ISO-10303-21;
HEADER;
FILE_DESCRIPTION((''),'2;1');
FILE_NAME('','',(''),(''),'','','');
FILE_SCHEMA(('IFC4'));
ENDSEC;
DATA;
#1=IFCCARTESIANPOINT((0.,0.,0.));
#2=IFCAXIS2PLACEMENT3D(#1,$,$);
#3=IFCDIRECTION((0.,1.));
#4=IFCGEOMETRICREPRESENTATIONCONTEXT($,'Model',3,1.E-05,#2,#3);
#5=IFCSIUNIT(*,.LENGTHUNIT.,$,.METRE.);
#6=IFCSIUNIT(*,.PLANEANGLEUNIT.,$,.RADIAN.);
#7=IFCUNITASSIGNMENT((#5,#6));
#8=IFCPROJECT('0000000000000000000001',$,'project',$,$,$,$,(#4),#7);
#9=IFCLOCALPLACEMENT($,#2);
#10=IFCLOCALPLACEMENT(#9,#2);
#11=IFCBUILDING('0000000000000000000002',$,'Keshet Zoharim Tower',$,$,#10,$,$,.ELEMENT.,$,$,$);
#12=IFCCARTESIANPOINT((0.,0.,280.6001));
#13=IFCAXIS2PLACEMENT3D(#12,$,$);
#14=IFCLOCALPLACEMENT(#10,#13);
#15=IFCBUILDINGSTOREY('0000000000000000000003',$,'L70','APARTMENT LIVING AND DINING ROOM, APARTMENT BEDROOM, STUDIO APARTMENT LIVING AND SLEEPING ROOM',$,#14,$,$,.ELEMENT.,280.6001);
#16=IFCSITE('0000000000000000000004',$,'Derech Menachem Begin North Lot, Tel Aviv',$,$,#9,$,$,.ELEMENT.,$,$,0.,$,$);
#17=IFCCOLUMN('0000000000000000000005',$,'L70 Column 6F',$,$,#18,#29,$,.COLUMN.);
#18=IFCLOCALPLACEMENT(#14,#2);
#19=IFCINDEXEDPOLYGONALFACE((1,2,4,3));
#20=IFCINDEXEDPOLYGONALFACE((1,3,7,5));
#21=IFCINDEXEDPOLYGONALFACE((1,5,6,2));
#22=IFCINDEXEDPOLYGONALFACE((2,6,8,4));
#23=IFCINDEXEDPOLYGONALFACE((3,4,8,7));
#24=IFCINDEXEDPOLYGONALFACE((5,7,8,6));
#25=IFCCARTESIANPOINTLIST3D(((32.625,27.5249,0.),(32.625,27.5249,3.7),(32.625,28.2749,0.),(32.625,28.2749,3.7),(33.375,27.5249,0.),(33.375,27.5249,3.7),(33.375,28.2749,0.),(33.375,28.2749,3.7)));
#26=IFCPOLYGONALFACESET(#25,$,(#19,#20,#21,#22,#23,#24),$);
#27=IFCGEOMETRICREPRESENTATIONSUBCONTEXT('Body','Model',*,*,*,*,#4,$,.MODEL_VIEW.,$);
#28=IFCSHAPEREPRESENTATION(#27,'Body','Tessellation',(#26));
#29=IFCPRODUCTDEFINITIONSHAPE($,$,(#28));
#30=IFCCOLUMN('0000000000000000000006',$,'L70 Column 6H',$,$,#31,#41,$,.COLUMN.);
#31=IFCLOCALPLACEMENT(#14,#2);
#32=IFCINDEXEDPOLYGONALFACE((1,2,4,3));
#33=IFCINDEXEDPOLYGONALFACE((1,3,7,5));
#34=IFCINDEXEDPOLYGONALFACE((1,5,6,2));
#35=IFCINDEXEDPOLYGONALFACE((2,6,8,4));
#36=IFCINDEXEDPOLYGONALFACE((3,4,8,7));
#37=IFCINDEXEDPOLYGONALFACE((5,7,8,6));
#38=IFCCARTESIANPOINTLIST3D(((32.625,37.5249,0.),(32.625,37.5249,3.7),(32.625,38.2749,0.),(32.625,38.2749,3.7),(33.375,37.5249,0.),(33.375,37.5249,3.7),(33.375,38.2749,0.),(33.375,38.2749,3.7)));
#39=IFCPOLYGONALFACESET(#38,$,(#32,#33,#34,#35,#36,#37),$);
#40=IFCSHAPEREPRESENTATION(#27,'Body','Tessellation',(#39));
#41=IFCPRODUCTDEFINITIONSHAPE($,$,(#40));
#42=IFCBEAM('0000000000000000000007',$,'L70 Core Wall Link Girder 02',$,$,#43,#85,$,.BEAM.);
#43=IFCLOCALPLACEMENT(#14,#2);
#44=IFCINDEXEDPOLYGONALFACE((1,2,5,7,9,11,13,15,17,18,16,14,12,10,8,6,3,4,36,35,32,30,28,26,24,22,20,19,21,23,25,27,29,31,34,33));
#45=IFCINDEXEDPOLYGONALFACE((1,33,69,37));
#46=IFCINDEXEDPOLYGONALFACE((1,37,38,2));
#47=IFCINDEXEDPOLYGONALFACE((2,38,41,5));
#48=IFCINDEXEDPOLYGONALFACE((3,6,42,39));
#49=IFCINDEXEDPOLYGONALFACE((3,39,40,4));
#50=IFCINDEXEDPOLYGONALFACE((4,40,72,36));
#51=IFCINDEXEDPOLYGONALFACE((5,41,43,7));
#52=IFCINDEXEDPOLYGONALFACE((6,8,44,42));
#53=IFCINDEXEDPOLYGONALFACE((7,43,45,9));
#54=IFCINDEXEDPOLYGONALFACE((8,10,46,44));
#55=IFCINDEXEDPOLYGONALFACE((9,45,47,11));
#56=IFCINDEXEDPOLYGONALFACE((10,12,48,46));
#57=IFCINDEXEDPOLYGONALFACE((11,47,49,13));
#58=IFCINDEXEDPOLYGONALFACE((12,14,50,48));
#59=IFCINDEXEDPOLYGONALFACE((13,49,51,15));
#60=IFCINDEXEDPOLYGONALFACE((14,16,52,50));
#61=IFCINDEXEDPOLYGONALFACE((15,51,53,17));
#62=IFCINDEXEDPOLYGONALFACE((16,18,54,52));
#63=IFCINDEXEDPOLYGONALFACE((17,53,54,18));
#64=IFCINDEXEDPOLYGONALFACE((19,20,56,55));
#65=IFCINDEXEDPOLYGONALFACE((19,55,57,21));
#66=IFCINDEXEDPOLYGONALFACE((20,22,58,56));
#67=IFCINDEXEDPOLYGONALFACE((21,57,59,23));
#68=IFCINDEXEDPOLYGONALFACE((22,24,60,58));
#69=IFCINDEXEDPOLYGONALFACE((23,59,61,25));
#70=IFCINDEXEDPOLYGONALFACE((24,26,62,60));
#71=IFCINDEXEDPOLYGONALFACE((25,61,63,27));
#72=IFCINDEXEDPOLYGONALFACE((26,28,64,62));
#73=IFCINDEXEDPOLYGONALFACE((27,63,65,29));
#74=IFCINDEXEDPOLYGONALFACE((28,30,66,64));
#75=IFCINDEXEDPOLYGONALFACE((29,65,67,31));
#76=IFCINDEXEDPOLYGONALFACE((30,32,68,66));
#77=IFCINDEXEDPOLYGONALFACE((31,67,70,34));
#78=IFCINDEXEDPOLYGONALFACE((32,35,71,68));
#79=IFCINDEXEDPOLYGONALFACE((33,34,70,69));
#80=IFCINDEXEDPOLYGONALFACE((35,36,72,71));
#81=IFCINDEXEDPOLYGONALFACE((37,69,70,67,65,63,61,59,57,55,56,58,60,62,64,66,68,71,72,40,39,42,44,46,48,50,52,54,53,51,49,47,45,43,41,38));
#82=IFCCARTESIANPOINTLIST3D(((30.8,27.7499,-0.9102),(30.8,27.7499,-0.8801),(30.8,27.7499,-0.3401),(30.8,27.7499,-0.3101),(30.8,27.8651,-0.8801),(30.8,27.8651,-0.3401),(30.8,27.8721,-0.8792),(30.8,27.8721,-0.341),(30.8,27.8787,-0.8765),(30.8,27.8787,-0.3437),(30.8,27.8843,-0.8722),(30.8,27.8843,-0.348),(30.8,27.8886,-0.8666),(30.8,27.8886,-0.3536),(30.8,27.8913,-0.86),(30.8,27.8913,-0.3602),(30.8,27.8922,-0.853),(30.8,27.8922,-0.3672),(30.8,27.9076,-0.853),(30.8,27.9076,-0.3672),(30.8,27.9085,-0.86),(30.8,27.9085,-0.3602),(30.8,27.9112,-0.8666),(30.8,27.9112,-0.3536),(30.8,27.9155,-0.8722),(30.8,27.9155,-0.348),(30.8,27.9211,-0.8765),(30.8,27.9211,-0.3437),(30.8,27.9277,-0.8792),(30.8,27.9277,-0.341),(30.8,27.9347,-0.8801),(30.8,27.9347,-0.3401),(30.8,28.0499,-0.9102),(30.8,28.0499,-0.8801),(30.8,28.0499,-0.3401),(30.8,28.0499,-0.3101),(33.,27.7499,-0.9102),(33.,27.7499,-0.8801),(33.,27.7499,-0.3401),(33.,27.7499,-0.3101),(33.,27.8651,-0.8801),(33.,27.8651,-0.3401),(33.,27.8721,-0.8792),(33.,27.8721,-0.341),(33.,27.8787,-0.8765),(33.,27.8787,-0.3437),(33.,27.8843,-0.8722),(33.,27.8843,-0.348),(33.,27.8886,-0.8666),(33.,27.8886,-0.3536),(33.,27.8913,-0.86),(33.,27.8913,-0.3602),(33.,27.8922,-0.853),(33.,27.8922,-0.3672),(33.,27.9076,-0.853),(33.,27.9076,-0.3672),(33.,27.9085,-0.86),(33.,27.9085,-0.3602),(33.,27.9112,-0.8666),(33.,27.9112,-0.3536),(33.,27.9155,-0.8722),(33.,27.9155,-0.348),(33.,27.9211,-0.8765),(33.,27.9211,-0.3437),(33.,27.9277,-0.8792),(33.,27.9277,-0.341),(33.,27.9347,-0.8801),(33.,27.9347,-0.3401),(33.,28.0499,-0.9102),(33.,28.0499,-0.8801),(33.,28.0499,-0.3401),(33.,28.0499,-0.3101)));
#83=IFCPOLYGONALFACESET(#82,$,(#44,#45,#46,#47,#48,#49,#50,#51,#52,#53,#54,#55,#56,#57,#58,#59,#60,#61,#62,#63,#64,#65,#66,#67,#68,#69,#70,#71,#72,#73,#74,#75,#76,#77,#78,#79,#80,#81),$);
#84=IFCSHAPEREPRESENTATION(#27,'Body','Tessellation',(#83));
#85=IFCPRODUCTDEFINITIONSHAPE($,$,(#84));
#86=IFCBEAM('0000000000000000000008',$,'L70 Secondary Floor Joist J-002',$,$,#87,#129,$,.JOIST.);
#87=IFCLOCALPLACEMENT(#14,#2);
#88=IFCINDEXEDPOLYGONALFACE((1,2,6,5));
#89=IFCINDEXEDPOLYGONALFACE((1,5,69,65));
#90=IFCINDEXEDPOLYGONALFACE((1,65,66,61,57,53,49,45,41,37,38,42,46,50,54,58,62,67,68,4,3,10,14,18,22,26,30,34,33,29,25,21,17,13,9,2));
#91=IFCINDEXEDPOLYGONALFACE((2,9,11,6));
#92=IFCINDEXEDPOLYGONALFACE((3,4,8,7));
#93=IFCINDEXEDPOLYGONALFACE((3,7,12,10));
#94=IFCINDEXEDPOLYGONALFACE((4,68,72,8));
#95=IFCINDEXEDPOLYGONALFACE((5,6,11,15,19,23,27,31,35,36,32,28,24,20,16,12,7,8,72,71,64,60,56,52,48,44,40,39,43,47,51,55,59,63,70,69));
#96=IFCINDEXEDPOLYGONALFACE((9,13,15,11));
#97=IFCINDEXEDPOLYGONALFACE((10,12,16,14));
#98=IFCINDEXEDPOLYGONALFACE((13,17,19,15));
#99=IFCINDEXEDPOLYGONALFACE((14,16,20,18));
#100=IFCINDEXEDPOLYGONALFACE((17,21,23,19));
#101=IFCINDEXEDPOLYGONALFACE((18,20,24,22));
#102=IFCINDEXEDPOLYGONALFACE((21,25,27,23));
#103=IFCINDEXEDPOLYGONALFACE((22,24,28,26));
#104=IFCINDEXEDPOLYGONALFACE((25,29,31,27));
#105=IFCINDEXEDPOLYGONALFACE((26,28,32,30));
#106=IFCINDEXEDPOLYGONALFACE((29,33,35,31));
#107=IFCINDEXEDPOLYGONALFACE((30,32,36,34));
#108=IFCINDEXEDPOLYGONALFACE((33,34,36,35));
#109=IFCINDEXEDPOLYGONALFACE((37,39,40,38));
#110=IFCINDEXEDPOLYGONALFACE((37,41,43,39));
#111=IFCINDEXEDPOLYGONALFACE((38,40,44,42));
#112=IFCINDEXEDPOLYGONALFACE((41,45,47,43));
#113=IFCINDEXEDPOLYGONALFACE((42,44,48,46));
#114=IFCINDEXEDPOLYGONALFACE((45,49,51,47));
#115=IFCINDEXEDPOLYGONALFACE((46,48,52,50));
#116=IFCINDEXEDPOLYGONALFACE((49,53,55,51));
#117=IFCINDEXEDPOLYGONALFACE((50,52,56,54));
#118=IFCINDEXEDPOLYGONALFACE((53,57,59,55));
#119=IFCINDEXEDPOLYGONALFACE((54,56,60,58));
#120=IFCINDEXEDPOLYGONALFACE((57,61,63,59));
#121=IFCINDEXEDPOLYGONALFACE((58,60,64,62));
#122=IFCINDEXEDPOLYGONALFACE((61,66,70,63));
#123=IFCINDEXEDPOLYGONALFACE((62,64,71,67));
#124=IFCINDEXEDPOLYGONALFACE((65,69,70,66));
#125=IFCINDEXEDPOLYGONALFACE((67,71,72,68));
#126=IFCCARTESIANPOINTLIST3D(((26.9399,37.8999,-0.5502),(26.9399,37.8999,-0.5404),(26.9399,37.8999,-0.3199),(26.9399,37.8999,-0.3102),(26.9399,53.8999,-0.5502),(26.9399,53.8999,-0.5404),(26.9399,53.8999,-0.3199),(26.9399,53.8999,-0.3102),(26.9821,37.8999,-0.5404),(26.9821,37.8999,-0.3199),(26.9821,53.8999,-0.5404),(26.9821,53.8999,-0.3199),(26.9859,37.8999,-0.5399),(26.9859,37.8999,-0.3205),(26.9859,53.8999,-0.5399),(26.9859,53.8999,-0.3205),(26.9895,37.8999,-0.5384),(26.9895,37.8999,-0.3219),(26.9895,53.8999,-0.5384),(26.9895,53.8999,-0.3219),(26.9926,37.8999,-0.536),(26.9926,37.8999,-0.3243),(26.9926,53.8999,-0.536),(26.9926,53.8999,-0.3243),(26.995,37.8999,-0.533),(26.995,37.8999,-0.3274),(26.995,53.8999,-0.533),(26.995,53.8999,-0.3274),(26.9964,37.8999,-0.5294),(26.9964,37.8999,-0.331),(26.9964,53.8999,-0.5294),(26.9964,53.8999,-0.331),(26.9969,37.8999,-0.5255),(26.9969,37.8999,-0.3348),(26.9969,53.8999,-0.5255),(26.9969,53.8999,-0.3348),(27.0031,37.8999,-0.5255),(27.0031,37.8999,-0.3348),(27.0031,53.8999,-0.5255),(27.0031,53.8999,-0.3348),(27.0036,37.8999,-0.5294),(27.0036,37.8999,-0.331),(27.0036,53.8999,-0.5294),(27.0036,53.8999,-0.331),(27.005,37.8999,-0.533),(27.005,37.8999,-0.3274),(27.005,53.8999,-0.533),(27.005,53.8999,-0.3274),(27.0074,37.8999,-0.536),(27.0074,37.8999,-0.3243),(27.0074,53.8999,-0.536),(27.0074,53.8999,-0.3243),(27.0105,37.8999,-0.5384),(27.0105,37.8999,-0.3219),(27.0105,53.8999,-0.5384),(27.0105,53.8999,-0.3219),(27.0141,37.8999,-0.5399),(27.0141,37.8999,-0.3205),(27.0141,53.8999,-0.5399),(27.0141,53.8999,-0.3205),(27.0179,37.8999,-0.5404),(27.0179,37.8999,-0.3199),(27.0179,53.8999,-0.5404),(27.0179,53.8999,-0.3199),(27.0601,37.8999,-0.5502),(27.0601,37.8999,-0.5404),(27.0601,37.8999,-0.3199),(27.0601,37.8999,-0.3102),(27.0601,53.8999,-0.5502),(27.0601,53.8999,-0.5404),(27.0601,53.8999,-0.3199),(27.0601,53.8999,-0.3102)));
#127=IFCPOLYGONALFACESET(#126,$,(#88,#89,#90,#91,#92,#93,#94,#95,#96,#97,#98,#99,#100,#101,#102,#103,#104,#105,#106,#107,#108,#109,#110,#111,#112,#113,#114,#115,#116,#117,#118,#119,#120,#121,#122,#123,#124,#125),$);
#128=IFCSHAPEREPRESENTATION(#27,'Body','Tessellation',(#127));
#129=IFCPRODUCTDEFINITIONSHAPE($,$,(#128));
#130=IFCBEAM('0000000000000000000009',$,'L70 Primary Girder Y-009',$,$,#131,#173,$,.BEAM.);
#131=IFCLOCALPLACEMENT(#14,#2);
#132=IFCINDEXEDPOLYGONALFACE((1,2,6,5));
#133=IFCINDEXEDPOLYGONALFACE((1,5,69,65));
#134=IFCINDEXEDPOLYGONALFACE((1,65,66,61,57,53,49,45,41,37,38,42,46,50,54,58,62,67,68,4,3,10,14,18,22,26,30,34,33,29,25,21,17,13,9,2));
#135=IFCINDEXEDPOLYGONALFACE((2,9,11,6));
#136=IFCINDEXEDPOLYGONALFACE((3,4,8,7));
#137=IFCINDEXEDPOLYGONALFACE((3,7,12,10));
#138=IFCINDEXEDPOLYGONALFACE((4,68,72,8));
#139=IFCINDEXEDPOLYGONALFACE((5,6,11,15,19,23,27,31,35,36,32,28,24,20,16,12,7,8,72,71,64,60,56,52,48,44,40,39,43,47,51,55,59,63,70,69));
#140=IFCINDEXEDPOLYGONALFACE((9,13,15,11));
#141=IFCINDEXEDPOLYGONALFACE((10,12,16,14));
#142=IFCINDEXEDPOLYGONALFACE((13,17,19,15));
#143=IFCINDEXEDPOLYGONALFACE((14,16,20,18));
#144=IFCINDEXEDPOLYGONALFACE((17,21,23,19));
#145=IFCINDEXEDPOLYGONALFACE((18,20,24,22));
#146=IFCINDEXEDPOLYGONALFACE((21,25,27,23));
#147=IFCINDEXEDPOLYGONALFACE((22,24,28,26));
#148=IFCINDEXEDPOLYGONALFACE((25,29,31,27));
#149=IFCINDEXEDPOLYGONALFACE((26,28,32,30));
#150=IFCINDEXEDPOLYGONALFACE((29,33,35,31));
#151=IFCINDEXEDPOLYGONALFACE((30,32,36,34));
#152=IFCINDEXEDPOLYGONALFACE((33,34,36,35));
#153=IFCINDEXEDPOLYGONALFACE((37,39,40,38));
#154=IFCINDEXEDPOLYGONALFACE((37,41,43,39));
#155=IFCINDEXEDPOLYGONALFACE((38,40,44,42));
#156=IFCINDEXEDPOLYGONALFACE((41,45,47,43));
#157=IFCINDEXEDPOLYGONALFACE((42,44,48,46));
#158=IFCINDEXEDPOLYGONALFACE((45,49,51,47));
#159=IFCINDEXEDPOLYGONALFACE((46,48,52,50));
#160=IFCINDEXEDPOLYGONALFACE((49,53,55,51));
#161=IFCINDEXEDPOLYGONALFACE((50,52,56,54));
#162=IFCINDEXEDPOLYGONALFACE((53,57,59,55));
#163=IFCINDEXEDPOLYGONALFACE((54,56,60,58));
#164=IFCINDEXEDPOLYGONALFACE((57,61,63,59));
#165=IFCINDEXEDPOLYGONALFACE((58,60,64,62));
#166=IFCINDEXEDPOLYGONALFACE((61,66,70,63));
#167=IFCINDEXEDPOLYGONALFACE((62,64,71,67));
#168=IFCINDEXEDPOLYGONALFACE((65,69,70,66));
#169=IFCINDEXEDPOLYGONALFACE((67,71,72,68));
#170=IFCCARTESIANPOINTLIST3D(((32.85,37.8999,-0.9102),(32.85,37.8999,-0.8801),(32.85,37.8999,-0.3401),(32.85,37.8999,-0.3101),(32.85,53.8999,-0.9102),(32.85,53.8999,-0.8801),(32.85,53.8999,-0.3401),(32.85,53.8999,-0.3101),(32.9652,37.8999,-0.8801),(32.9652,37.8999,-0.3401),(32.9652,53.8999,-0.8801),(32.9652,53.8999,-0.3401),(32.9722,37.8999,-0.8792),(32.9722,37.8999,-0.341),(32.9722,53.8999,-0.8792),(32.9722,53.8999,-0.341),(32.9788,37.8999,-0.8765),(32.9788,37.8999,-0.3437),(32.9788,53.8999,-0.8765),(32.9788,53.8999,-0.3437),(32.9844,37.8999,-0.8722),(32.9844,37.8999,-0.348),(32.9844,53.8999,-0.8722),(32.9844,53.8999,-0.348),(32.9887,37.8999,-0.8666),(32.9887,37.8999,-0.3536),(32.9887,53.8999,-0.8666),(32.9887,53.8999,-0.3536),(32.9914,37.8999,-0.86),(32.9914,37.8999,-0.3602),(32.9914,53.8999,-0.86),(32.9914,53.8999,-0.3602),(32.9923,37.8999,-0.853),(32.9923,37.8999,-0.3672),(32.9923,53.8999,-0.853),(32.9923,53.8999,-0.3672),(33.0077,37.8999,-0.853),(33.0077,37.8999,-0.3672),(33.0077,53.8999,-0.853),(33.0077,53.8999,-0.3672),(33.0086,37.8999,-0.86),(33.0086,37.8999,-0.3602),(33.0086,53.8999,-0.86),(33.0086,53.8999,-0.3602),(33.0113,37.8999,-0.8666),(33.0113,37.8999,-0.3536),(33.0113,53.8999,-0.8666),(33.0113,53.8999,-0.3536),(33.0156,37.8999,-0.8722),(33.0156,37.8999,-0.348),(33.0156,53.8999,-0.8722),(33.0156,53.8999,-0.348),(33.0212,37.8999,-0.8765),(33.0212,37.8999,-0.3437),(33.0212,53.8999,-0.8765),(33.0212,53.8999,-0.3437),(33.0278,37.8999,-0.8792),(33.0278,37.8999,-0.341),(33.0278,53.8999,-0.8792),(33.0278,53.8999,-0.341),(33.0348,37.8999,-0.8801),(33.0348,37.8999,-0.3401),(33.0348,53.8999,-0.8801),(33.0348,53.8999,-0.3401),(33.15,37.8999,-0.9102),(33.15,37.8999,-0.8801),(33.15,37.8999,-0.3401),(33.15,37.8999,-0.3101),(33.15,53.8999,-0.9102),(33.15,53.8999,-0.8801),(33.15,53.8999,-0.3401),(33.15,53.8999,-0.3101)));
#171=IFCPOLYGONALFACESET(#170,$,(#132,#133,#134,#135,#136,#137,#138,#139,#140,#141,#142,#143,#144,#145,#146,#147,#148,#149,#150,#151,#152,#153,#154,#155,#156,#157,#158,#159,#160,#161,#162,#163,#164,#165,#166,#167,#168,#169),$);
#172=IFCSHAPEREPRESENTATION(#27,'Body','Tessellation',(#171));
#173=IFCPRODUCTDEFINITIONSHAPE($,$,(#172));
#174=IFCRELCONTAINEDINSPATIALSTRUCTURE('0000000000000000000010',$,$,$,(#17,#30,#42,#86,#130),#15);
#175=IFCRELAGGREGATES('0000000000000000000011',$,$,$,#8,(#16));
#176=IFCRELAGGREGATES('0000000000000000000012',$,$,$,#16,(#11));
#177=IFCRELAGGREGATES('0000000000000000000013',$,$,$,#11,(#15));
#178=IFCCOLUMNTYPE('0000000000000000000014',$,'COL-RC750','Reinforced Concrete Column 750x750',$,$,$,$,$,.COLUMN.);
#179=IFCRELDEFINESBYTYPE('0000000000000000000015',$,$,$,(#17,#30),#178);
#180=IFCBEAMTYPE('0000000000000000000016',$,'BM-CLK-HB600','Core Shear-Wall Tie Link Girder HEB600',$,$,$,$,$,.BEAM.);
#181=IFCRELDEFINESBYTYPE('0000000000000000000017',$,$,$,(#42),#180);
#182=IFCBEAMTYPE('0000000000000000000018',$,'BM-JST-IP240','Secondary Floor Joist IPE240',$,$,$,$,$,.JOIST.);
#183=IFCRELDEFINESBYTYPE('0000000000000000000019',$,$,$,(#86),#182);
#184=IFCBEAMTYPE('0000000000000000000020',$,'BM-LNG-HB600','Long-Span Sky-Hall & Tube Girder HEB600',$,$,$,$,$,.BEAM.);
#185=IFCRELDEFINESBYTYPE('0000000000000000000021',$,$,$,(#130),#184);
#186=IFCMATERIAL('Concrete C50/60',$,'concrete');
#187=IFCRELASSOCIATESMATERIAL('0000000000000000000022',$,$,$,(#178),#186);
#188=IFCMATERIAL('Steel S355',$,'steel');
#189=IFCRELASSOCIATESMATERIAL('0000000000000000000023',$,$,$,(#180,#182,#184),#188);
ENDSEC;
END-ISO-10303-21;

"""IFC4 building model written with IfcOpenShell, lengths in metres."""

from ifc_helpers import new_model, si_unit, direction, frame, origin, origin_2d, place, context, subcontext, project, spatial, rectangle, i_section, extrude, material, material_profile, profile_set, type_object, element, save


model = new_model("IFC4")

# Units and contexts
model_context = context("Model", 3, precision=1e-05, world=origin(), true_north=direction((0.0, 1.0)))
body_context = subcontext(model_context, "Body", "Model", "MODEL_VIEW")
ifc_project = project(units=[si_unit("LENGTHUNIT", "METRE"), si_unit("PLANEANGLEUNIT", "RADIAN")], contexts=[model_context])

# Site, building, storey
site_placement = place(None, origin())
site = spatial("IfcSite", under=ifc_project, at=site_placement, Name="Derech Menachem Begin North Lot, Tel Aviv", CompositionType="ELEMENT", RefElevation=0.0)
building_placement = place(site_placement, origin())
building = spatial("IfcBuilding", under=site, at=building_placement, Name="Keshet Zoharim Tower", CompositionType="ELEMENT")
storey_placement = place(building_placement, frame((0.0, 0.0, 280.6001)))
storey = spatial("IfcBuildingStorey", under=building, at=storey_placement, Name="L70", Description="APARTMENT LIVING AND DINING ROOM, APARTMENT BEDROOM, STUDIO APARTMENT LIVING AND SLEEPING ROOM", CompositionType="ELEMENT", Elevation=280.6001)

# Columns
ifc_material_1 = material(Name="Concrete C50/60", Category="concrete")
ifc_material_profile_1 = material_profile(ifc_material_1, rectangle(XDim=0.75, YDim=0.75, at=origin_2d()), Name="RC750x750")
ifc_profile_set_1 = profile_set([ifc_material_profile_1], Name="Concrete C50/60")
column_type = type_object("IfcColumnType", Name="COL-RC750", Description="Reinforced Concrete Column 750x750", PredefinedType="COLUMN", material=ifc_profile_set_1)
for number, where, z_axis, x_axis, name in (
    (1, (33.0, 27.8999, 0.0), (0.0, 0.0, 1.0), (1.0, 0.0, 0.0), "L70 Column 6F"),
    (2, (33.0, 37.8999, 0.0), (0.0, 0.0, 1.0), (1.0, 0.0, 0.0), "L70 Column 6H"),
):
    element("IfcColumn", number, at=place(storey_placement, frame(where, z_axis=z_axis, x_axis=x_axis)), inside=storey, type_object=column_type, Name=name, PredefinedType="COLUMN", context=body_context, shape_type="SweptSolid", body=[
        extrude(rectangle(XDim=0.75, YDim=0.75, at=origin_2d()), origin(), (0.0, 0.0, 1.0), 3.7),
    ])

# Beams
ifc_material_2 = material(Name="Steel S355", Category="steel")
ifc_material_profile_2 = material_profile(ifc_material_2, i_section(OverallWidth=0.3, OverallDepth=0.6001, WebThickness=0.0154, FlangeThickness=0.03, FilletRadius=0.0271, at=origin_2d()), Name="HEB600")
ifc_profile_set_2 = profile_set([ifc_material_profile_2], Name="Steel S355")
beam_type_1 = type_object("IfcBeamType", Name="BM-CLK-HB600", Description="Core Shear-Wall Tie Link Girder HEB600", PredefinedType="BEAM", material=ifc_profile_set_2)
beam_1_placement = place(storey_placement, frame((30.8, 27.8999, -0.6101), z_axis=(1.0, 0.0, 0.0), x_axis=(0.0, 1.0, 0.0)))
element("IfcBeam", 3, at=beam_1_placement, inside=storey, type_object=beam_type_1, Name="L70 Core Wall Link Girder 02", PredefinedType="BEAM", context=body_context, shape_type="SweptSolid", body=[
    extrude(i_section(OverallWidth=0.3, OverallDepth=0.6001, WebThickness=0.0154, FlangeThickness=0.03, FilletRadius=0.0271, at=origin_2d()), origin(), (0.0, 0.0, 1.0), 2.2),
])
ifc_material_profile_3 = material_profile(ifc_material_2, i_section(OverallWidth=0.1201, OverallDepth=0.24, WebThickness=0.0061, FlangeThickness=0.0098, FilletRadius=0.0149, at=origin_2d()), Name="IPE240")
ifc_profile_set_3 = profile_set([ifc_material_profile_3], Name="Steel S355")
beam_type_2 = type_object("IfcBeamType", Name="BM-JST-IP240", Description="Secondary Floor Joist IPE240", PredefinedType="JOIST", material=ifc_profile_set_3)
beam_2_placement = place(storey_placement, frame((27.0, 37.8999, -0.4302), z_axis=(0.0, 1.0, 0.0), x_axis=(-1.0, 0.0, 0.0)))
element("IfcBeam", 4, at=beam_2_placement, inside=storey, type_object=beam_type_2, Name="L70 Secondary Floor Joist J-002", PredefinedType="JOIST", context=body_context, shape_type="SweptSolid", body=[
    extrude(i_section(OverallWidth=0.1201, OverallDepth=0.24, WebThickness=0.0061, FlangeThickness=0.0098, FilletRadius=0.0149, at=origin_2d()), origin(), (0.0, 0.0, 1.0), 16.0),
])
ifc_material_profile_4 = material_profile(ifc_material_2, i_section(OverallWidth=0.3, OverallDepth=0.6001, WebThickness=0.0154, FlangeThickness=0.03, FilletRadius=0.0271, at=origin_2d()), Name="HEB600")
ifc_profile_set_4 = profile_set([ifc_material_profile_4], Name="Steel S355")
beam_type_3 = type_object("IfcBeamType", Name="BM-LNG-HB600", Description="Long-Span Sky-Hall & Tube Girder HEB600", PredefinedType="BEAM", material=ifc_profile_set_4)
beam_3_placement = place(storey_placement, frame((33.0, 37.8999, -0.6101), z_axis=(0.0, 1.0, 0.0), x_axis=(-1.0, 0.0, 0.0)))
element("IfcBeam", 5, at=beam_3_placement, inside=storey, type_object=beam_type_3, Name="L70 Primary Girder Y-009", PredefinedType="BEAM", context=body_context, shape_type="SweptSolid", body=[
    extrude(i_section(OverallWidth=0.3, OverallDepth=0.6001, WebThickness=0.0154, FlangeThickness=0.03, FilletRadius=0.0271, at=origin_2d()), origin(), (0.0, 0.0, 1.0), 16.0),
])

save(model, "model.ifc")
